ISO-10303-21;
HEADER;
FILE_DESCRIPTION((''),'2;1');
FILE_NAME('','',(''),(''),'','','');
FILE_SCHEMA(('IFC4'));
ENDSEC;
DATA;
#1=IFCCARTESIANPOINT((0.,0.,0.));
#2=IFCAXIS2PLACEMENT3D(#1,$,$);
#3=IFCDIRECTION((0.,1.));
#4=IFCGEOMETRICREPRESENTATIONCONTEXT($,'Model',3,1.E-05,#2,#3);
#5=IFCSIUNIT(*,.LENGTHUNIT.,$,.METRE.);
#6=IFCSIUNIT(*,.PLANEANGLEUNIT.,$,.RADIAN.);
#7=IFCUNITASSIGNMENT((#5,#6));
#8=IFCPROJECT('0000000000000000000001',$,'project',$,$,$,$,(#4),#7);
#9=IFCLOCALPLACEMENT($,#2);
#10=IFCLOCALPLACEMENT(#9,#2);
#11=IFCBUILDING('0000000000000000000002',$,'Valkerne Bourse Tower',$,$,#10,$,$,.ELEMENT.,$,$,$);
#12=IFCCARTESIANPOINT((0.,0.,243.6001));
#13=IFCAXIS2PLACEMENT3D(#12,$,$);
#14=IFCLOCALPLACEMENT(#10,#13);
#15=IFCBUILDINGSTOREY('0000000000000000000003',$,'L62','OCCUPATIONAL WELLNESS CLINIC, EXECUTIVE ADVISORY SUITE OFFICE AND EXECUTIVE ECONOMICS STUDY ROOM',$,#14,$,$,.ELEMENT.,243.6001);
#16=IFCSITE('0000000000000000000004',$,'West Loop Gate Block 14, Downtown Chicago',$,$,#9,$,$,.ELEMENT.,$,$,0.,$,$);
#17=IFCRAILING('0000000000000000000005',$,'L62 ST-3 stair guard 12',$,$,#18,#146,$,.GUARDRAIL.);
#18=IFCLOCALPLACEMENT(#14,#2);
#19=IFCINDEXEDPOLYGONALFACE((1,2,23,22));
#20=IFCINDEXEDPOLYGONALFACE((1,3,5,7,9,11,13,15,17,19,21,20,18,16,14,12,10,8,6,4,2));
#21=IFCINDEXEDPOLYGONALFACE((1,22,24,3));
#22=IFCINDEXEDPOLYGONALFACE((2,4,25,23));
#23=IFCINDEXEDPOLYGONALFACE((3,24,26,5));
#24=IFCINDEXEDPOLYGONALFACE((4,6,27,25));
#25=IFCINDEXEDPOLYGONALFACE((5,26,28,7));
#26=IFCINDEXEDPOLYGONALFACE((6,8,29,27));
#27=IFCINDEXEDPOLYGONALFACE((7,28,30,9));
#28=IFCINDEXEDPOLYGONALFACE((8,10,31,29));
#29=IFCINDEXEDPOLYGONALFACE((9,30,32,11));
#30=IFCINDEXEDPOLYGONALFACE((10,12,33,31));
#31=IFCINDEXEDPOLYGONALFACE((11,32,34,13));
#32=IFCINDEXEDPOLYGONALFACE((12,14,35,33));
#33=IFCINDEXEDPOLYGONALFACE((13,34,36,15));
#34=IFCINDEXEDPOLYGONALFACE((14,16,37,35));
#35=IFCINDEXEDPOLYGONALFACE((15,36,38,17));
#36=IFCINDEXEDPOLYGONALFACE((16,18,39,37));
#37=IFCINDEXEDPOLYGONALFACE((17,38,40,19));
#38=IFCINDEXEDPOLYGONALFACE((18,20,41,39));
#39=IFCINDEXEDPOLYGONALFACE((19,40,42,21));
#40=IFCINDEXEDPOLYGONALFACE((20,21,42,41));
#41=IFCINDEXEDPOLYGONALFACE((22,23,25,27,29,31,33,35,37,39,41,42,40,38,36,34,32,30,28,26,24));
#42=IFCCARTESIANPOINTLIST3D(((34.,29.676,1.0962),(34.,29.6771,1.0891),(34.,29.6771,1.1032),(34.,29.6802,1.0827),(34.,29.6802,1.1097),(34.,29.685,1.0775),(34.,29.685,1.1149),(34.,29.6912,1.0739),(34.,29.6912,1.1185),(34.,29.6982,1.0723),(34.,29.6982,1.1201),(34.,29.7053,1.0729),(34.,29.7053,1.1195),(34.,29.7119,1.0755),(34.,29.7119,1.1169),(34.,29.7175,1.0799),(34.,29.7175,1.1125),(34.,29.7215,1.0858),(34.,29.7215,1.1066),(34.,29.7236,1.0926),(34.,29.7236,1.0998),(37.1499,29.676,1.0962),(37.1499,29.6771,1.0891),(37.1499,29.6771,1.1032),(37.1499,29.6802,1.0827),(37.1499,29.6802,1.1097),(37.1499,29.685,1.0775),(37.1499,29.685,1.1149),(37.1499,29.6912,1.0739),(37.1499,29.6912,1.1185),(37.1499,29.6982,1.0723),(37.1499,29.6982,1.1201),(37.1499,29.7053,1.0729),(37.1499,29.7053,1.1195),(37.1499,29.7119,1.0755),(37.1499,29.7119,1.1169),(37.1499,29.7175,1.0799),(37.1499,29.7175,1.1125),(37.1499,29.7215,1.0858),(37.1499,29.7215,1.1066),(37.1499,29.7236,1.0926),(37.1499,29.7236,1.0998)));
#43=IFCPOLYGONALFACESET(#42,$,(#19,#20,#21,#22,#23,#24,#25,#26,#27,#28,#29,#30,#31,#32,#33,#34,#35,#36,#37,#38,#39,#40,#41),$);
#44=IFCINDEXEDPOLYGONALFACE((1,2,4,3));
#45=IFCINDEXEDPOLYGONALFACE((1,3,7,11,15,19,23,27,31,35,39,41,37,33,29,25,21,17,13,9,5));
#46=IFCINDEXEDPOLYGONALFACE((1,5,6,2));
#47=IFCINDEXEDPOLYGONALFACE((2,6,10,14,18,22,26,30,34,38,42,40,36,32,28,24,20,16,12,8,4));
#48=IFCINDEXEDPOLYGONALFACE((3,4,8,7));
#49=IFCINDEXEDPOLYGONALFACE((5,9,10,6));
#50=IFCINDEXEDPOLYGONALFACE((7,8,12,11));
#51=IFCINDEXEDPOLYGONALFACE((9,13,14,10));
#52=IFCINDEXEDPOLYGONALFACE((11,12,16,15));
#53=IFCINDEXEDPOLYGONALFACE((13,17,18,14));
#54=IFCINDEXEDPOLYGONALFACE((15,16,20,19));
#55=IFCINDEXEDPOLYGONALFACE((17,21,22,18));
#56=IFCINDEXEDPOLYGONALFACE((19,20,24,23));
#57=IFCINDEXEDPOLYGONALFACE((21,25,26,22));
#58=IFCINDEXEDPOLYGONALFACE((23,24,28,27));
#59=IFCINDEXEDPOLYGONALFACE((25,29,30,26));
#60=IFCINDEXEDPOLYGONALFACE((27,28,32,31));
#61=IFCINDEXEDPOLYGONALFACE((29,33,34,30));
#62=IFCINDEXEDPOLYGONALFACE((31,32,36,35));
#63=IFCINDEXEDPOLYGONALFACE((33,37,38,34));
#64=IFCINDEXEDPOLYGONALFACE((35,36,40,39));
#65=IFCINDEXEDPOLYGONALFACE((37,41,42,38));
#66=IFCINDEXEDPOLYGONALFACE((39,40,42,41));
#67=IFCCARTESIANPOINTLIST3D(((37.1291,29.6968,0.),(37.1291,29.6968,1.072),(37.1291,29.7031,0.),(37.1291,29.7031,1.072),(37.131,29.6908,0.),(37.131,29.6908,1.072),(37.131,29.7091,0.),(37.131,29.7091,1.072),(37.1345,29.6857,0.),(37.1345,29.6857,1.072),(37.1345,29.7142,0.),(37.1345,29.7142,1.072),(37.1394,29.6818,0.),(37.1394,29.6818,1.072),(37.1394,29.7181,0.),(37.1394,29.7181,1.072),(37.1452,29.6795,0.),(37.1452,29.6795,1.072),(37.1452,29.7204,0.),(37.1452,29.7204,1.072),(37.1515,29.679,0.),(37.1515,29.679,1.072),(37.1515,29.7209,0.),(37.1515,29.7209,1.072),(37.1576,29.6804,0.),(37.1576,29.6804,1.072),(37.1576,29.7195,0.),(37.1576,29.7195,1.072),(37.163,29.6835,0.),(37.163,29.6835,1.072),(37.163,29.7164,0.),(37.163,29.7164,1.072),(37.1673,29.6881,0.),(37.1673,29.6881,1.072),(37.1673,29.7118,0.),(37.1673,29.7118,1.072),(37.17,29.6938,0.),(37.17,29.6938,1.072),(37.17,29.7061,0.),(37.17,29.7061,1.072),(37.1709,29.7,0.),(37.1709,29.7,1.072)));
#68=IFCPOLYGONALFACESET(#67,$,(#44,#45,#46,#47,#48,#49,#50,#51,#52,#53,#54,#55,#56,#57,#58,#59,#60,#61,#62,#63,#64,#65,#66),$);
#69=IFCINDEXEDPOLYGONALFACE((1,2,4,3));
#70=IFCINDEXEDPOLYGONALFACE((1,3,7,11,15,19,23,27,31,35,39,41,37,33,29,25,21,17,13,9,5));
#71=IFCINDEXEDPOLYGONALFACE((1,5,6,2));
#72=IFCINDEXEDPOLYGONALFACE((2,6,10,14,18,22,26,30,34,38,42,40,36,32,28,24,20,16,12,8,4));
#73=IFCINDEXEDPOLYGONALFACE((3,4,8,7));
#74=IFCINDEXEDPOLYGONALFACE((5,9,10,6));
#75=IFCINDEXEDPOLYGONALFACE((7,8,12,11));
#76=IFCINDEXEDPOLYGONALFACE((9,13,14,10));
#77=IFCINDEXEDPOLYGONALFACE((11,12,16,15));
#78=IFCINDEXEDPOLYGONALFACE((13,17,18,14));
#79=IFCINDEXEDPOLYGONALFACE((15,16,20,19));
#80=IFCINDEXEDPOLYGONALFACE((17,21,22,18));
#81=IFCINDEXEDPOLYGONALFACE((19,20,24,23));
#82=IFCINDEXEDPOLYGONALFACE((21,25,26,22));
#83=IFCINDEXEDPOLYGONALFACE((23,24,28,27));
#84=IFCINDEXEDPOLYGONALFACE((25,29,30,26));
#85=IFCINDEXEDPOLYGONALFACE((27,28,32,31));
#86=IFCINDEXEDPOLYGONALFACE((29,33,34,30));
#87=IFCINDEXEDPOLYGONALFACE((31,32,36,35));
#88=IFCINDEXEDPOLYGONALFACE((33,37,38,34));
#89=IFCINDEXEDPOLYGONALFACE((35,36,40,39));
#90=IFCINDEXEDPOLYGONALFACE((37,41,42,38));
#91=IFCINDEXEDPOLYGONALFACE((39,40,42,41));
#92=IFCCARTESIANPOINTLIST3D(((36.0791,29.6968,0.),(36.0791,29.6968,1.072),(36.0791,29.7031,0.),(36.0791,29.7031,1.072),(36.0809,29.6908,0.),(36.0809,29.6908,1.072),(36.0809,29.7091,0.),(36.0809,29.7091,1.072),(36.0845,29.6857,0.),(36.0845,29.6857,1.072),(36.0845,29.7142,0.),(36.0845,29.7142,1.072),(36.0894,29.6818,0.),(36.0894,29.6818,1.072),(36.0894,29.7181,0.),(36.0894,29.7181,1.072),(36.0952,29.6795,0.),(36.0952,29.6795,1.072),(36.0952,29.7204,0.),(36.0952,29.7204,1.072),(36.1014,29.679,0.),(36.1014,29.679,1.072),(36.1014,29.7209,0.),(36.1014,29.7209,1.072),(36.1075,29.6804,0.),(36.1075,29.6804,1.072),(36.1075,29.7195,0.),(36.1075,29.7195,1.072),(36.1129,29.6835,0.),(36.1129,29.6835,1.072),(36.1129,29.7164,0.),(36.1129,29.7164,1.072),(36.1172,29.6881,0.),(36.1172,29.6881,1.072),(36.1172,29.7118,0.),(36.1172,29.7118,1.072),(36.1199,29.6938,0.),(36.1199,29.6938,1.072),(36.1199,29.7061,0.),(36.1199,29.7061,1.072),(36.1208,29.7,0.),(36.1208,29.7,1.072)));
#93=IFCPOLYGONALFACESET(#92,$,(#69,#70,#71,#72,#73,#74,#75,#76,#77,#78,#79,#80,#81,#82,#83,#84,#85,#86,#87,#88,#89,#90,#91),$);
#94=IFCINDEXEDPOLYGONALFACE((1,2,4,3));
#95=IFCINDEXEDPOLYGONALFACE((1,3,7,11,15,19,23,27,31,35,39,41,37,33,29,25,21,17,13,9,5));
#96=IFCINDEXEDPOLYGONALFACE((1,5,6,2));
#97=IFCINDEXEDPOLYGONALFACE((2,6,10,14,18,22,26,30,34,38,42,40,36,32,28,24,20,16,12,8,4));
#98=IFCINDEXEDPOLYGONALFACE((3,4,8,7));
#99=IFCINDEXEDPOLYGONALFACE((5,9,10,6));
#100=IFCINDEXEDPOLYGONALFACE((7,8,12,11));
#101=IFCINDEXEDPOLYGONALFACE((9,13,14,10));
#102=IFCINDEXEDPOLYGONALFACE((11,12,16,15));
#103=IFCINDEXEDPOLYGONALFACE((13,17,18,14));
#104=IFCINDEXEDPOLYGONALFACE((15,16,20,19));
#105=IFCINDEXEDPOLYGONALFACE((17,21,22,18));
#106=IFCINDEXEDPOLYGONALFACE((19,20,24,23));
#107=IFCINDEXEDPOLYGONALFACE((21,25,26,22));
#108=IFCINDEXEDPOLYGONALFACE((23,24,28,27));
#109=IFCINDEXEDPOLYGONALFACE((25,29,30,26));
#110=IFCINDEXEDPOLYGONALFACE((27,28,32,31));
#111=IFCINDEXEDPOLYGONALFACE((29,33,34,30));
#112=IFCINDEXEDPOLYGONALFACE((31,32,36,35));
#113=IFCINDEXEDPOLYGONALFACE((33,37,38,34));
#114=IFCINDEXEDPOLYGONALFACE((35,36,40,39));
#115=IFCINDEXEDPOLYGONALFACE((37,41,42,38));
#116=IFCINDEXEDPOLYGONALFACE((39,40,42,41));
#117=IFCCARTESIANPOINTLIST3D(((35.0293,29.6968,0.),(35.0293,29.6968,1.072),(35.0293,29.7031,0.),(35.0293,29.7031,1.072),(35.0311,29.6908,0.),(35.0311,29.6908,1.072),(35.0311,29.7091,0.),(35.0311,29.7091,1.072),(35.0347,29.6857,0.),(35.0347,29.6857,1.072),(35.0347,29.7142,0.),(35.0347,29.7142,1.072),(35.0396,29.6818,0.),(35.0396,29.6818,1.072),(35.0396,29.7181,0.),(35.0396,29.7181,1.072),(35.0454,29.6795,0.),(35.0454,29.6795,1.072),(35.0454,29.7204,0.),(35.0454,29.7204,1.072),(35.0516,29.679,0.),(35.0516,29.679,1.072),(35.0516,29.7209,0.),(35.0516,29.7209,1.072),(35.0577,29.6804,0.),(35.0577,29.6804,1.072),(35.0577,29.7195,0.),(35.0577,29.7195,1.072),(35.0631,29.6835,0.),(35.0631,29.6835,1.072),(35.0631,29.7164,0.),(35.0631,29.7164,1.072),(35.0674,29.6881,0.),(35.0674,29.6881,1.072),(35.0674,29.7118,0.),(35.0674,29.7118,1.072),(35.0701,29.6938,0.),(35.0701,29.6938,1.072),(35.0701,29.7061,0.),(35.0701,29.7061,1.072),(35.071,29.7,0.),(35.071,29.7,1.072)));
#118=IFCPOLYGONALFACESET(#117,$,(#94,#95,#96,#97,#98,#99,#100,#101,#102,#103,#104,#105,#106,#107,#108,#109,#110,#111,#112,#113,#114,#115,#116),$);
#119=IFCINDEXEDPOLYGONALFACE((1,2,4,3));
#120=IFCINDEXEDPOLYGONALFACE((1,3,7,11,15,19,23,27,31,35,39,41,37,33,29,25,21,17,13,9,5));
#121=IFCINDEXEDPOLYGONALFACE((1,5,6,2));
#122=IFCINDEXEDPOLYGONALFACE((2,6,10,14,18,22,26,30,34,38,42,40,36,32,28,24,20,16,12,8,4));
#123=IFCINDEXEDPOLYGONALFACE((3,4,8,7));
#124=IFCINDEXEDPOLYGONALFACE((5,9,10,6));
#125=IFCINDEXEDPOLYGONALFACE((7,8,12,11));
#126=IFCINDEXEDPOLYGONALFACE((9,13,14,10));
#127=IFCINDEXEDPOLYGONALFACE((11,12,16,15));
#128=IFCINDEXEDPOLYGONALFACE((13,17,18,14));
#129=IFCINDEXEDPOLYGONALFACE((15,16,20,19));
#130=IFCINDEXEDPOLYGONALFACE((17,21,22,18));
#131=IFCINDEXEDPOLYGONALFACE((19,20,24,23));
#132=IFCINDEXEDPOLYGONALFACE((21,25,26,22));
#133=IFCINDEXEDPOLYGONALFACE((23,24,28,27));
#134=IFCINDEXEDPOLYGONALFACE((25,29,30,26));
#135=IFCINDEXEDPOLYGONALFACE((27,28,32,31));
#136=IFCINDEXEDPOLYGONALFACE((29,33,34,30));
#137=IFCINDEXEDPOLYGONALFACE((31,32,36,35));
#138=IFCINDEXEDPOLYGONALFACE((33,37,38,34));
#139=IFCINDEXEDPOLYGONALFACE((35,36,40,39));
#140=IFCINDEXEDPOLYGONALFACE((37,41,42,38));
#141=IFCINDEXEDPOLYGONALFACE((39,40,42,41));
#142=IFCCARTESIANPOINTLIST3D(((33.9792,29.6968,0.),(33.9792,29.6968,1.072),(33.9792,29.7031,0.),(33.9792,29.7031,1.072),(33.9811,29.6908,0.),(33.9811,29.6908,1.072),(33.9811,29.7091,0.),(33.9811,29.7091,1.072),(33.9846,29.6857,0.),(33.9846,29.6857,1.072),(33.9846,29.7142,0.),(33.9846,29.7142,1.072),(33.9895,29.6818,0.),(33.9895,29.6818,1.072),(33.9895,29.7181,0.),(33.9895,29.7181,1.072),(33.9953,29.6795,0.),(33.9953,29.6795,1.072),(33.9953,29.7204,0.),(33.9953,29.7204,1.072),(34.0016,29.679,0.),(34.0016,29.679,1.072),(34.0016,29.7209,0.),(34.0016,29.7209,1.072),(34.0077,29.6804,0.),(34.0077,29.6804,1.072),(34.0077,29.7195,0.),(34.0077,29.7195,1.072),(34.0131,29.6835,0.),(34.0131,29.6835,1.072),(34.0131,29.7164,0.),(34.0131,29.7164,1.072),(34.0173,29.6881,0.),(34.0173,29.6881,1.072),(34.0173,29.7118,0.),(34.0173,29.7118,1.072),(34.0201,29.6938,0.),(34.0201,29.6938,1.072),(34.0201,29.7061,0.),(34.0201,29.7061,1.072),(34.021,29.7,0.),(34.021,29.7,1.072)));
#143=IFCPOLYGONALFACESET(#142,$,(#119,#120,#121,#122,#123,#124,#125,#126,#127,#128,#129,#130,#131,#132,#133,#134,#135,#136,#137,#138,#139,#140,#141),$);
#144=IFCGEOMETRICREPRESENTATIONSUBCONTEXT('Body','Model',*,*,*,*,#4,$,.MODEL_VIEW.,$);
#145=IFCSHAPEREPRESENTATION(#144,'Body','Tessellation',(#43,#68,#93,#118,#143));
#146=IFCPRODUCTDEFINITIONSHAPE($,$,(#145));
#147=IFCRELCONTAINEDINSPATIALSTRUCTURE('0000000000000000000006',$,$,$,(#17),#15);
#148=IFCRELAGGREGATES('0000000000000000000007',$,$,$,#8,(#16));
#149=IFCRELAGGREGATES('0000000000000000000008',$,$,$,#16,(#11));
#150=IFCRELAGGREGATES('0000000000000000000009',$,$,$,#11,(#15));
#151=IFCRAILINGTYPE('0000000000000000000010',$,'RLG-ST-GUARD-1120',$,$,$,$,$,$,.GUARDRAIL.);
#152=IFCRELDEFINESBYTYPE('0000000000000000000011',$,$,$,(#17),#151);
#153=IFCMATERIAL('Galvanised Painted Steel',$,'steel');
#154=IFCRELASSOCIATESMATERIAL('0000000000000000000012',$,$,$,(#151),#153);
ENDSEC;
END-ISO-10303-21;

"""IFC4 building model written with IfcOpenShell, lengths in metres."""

from ifc_helpers import new_model, si_unit, direction, frame, origin, origin_2d, place, context, subcontext, project, spatial, circle, extrude, material, type_object, element, save


model = new_model("IFC4")

# Units and contexts
model_context = context("Model", 3, precision=1e-05, world=origin(), true_north=direction((0.0, 1.0)))
body_context = subcontext(model_context, "Body", "Model", "MODEL_VIEW")
ifc_project = project(units=[si_unit("LENGTHUNIT", "METRE"), si_unit("PLANEANGLEUNIT", "RADIAN")], contexts=[model_context])

# Site, building, storey
site_placement = place(None, origin())
site = spatial("IfcSite", under=ifc_project, at=site_placement, Name="West Loop Gate Block 14, Downtown Chicago", CompositionType="ELEMENT", RefElevation=0.0)
building_placement = place(site_placement, origin())
building = spatial("IfcBuilding", under=site, at=building_placement, Name="Valkerne Bourse Tower", CompositionType="ELEMENT")
storey_placement = place(building_placement, frame((0.0, 0.0, 243.6001)))
storey = spatial("IfcBuildingStorey", under=building, at=storey_placement, Name="L62", Description="OCCUPATIONAL WELLNESS CLINIC, EXECUTIVE ADVISORY SUITE OFFICE AND EXECUTIVE ECONOMICS STUDY ROOM", CompositionType="ELEMENT", Elevation=243.6001)

# Shared definitions
ifc_material_1 = material(Name="Galvanised Painted Steel", Category="steel")

# Railing
railing_type = type_object("IfcRailingType", Name="RLG-ST-GUARD-1120", PredefinedType="GUARDRAIL", material=ifc_material_1)
railing_1_placement = place(storey_placement, frame((37.1499, 29.7, 0.0)))
element("IfcRailing", 1, at=railing_1_placement, inside=storey, type_object=railing_type, Name="L62 ST-3 stair guard 12", PredefinedType="GUARDRAIL", context=body_context, shape_type="SweptSolid", body=[
    extrude(circle(Radius=0.0239, at=origin_2d()), frame((0.0, 0.0, 1.0962), z_axis=(-1.0, 0.0, 0.0), x_axis=(0.0, -1.0, 0.0)), (0.0, 0.0, 1.0), 3.1499),
    extrude(circle(Radius=0.021, at=origin_2d()), origin(), (0.0, 0.0, 1.0), 1.072),
    extrude(circle(Radius=0.021, at=origin_2d()), frame((-1.05, 0.0, 0.0)), (0.0, 0.0, 1.0), 1.072),
    extrude(circle(Radius=0.021, at=origin_2d()), frame((-2.0999, 0.0, 0.0)), (0.0, 0.0, 1.0), 1.072),
    extrude(circle(Radius=0.021, at=origin_2d()), frame((-3.1499, 0.0, 0.0)), (0.0, 0.0, 1.0), 1.072),
])

save(model, "model.ifc")
